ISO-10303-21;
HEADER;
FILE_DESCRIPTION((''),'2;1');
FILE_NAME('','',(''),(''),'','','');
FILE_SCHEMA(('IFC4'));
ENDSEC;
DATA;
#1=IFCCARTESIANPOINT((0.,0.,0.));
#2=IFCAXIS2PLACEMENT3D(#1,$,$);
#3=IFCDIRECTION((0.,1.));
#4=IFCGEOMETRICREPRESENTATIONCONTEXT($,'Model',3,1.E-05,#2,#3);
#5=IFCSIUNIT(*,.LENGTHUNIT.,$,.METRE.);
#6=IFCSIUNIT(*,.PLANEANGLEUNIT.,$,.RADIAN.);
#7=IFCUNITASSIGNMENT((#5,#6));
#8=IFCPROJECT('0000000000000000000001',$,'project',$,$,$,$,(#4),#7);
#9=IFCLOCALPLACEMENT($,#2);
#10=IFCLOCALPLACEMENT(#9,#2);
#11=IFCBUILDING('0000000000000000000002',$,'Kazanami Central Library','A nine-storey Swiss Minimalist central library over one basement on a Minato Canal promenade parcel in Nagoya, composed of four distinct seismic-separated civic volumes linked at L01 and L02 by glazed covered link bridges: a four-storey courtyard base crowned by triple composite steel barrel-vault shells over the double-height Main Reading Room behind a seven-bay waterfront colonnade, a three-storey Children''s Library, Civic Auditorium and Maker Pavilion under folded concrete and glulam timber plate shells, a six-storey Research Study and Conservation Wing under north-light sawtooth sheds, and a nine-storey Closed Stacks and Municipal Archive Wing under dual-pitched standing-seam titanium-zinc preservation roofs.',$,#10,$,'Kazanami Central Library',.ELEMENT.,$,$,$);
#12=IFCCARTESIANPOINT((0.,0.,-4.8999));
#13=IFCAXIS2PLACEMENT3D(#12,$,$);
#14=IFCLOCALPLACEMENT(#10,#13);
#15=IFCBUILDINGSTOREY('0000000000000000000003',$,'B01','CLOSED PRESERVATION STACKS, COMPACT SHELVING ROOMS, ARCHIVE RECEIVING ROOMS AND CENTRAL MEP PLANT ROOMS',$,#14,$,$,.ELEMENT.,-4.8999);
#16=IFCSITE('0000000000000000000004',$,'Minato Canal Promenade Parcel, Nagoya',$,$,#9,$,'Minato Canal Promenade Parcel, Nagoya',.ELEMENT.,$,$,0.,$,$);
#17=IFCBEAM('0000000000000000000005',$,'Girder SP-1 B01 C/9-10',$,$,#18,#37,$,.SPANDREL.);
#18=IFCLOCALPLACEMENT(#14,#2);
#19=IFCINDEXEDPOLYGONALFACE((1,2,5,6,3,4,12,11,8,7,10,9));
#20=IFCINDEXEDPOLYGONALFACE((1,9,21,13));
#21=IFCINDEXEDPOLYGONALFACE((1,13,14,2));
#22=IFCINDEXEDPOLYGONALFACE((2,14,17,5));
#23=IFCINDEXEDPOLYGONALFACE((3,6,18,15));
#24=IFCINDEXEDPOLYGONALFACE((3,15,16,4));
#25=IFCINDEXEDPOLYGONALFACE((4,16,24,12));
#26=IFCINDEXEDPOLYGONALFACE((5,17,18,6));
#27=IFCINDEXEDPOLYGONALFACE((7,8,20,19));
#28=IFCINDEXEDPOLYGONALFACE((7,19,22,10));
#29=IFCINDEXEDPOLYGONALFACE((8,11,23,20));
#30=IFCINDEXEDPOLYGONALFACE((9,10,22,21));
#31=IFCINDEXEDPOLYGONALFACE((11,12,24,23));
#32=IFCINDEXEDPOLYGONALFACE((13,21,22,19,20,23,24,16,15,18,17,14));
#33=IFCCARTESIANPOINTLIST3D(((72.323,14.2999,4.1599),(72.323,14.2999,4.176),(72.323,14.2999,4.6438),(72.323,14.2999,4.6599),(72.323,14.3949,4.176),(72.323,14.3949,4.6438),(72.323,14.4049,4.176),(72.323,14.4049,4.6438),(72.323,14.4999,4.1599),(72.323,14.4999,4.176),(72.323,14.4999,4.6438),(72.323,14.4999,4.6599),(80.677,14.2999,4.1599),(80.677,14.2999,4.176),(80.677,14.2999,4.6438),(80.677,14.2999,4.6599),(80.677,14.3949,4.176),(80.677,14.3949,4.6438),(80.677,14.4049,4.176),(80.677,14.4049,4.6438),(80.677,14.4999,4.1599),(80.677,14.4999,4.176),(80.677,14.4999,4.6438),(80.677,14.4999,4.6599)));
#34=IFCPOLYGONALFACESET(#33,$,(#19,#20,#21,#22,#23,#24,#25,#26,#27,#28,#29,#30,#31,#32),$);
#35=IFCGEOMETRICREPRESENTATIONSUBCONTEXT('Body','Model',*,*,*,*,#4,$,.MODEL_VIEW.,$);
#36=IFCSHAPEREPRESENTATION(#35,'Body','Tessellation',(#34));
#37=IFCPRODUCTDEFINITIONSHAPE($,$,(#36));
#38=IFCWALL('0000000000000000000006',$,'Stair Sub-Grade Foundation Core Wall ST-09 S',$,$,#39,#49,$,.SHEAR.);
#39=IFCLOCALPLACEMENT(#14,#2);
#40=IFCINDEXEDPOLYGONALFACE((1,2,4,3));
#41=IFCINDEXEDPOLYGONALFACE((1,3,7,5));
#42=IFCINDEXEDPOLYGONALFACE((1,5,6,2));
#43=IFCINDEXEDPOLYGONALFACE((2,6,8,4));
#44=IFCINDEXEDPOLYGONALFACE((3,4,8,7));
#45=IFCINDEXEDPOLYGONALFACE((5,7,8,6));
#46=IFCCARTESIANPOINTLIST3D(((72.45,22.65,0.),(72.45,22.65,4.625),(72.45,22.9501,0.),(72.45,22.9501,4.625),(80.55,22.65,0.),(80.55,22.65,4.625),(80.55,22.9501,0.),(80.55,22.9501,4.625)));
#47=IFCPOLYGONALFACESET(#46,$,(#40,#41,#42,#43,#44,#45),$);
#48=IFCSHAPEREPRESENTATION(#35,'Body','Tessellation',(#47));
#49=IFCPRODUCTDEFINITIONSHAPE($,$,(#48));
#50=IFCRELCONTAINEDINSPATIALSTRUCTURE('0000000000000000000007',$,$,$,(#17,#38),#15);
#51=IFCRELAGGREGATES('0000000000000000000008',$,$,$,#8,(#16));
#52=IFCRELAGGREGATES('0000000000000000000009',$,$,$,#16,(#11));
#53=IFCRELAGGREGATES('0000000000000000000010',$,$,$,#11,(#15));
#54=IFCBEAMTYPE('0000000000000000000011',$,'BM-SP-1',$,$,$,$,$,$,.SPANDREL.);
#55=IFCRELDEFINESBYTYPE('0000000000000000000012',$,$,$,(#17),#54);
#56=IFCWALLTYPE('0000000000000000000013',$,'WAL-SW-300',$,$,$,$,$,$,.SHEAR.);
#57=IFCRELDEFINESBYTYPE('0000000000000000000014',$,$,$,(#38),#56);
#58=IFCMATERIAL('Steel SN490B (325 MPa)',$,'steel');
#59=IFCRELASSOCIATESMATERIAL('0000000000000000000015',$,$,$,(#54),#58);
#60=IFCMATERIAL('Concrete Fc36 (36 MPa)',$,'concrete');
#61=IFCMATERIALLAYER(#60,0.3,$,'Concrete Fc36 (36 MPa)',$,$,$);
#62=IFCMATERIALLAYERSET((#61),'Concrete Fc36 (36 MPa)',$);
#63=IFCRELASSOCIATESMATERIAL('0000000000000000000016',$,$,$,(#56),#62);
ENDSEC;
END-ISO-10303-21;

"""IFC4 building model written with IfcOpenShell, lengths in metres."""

from ifc_helpers import new_model, si_unit, direction, frame, frame_2d, origin, origin_2d, place, context, subcontext, project, spatial, rectangle, i_section, extrude, material, layer, layer_set, material_profile, profile_set, type_object, element, save


model = new_model("IFC4")

# Units and contexts
model_context = context("Model", 3, precision=1e-05, world=origin(), true_north=direction((0.0, 1.0)))
body_context = subcontext(model_context, "Body", "Model", "MODEL_VIEW")
ifc_project = project(units=[si_unit("LENGTHUNIT", "METRE"), si_unit("PLANEANGLEUNIT", "RADIAN")], contexts=[model_context])

# Site, building, storey
site_placement = place(None, origin())
site = spatial("IfcSite", under=ifc_project, at=site_placement, Name="Minato Canal Promenade Parcel, Nagoya", LongName="Minato Canal Promenade Parcel, Nagoya", CompositionType="ELEMENT", RefElevation=0.0)
building_placement = place(site_placement, origin())
building = spatial("IfcBuilding", under=site, at=building_placement, Name="Kazanami Central Library", Description="A nine-storey Swiss Minimalist central library over one basement on a Minato Canal promenade parcel in Nagoya, composed of four distinct seismic-separated civic volumes linked at L01 and L02 by glazed covered link bridges: a four-storey courtyard base crowned by triple composite steel barrel-vault shells over the double-height Main Reading Room behind a seven-bay waterfront colonnade, a three-storey Children's Library, Civic Auditorium and Maker Pavilion under folded concrete and glulam timber plate shells, a six-storey Research Study and Conservation Wing under north-light sawtooth sheds, and a nine-storey Closed Stacks and Municipal Archive Wing under dual-pitched standing-seam titanium-zinc preservation roofs.", LongName="Kazanami Central Library", CompositionType="ELEMENT")
storey_placement = place(building_placement, frame((0.0, 0.0, -4.8999)))
storey = spatial("IfcBuildingStorey", under=building, at=storey_placement, Name="B01", Description="CLOSED PRESERVATION STACKS, COMPACT SHELVING ROOMS, ARCHIVE RECEIVING ROOMS AND CENTRAL MEP PLANT ROOMS", CompositionType="ELEMENT", Elevation=-4.8999)

# Shared definitions
ifc_material_1 = material(Name="Concrete Fc36 (36 MPa)", Category="concrete")

# Beam
ifc_material_2 = material(Name="Steel SN490B (325 MPa)", Category="steel")
ifc_material_profile_1 = material_profile(ifc_material_2, i_section(OverallWidth=0.2, OverallDepth=0.5, WebThickness=0.01, FlangeThickness=0.0161, at=origin_2d()), Name="H-500x200x10x16")
ifc_profile_set_1 = profile_set([ifc_material_profile_1], Name="Steel SN490B (325 MPa)")
beam_type_1 = type_object("IfcBeamType", Name="BM-SP-1", PredefinedType="SPANDREL", material=ifc_profile_set_1)
beam_1_placement = place(storey_placement, frame((72.323, 14.3999, 4.4099), z_axis=(1.0, 0.0, 0.0), x_axis=(0.0, 1.0, 0.0)))
element("IfcBeam", 1, at=beam_1_placement, inside=storey, type_object=beam_type_1, Name="Girder SP-1 B01 C/9-10", PredefinedType="SPANDREL", context=body_context, shape_type="SweptSolid", body=[
    extrude(i_section(OverallWidth=0.2, OverallDepth=0.5, WebThickness=0.01, FlangeThickness=0.0161, at=origin_2d()), origin(), (0.0, 0.0, 1.0), 8.354),
])

# Wall
ifc_layer = layer(ifc_material_1, 0.3, Name="Concrete Fc36 (36 MPa)")
ifc_layer_set = layer_set([ifc_layer], Name="Concrete Fc36 (36 MPa)")
wall_type = type_object("IfcWallType", Name="WAL-SW-300", PredefinedType="SHEAR", material=ifc_layer_set)
wall_placement = place(storey_placement, frame((72.45, 22.8, 0.0), z_axis=(0.0, 0.0, 1.0), x_axis=(1.0, 0.0, 0.0)))
element("IfcWall", 2, at=wall_placement, inside=storey, type_object=wall_type, Name="Stair Sub-Grade Foundation Core Wall ST-09 S", PredefinedType="SHEAR", context=body_context, shape_type="SweptSolid", body=[
    extrude(rectangle(XDim=8.1001, YDim=0.3, at=frame_2d((4.05, 0.0))), origin(), (0.0, 0.0, 1.0), 4.625),
])

save(model, "model.ifc")
